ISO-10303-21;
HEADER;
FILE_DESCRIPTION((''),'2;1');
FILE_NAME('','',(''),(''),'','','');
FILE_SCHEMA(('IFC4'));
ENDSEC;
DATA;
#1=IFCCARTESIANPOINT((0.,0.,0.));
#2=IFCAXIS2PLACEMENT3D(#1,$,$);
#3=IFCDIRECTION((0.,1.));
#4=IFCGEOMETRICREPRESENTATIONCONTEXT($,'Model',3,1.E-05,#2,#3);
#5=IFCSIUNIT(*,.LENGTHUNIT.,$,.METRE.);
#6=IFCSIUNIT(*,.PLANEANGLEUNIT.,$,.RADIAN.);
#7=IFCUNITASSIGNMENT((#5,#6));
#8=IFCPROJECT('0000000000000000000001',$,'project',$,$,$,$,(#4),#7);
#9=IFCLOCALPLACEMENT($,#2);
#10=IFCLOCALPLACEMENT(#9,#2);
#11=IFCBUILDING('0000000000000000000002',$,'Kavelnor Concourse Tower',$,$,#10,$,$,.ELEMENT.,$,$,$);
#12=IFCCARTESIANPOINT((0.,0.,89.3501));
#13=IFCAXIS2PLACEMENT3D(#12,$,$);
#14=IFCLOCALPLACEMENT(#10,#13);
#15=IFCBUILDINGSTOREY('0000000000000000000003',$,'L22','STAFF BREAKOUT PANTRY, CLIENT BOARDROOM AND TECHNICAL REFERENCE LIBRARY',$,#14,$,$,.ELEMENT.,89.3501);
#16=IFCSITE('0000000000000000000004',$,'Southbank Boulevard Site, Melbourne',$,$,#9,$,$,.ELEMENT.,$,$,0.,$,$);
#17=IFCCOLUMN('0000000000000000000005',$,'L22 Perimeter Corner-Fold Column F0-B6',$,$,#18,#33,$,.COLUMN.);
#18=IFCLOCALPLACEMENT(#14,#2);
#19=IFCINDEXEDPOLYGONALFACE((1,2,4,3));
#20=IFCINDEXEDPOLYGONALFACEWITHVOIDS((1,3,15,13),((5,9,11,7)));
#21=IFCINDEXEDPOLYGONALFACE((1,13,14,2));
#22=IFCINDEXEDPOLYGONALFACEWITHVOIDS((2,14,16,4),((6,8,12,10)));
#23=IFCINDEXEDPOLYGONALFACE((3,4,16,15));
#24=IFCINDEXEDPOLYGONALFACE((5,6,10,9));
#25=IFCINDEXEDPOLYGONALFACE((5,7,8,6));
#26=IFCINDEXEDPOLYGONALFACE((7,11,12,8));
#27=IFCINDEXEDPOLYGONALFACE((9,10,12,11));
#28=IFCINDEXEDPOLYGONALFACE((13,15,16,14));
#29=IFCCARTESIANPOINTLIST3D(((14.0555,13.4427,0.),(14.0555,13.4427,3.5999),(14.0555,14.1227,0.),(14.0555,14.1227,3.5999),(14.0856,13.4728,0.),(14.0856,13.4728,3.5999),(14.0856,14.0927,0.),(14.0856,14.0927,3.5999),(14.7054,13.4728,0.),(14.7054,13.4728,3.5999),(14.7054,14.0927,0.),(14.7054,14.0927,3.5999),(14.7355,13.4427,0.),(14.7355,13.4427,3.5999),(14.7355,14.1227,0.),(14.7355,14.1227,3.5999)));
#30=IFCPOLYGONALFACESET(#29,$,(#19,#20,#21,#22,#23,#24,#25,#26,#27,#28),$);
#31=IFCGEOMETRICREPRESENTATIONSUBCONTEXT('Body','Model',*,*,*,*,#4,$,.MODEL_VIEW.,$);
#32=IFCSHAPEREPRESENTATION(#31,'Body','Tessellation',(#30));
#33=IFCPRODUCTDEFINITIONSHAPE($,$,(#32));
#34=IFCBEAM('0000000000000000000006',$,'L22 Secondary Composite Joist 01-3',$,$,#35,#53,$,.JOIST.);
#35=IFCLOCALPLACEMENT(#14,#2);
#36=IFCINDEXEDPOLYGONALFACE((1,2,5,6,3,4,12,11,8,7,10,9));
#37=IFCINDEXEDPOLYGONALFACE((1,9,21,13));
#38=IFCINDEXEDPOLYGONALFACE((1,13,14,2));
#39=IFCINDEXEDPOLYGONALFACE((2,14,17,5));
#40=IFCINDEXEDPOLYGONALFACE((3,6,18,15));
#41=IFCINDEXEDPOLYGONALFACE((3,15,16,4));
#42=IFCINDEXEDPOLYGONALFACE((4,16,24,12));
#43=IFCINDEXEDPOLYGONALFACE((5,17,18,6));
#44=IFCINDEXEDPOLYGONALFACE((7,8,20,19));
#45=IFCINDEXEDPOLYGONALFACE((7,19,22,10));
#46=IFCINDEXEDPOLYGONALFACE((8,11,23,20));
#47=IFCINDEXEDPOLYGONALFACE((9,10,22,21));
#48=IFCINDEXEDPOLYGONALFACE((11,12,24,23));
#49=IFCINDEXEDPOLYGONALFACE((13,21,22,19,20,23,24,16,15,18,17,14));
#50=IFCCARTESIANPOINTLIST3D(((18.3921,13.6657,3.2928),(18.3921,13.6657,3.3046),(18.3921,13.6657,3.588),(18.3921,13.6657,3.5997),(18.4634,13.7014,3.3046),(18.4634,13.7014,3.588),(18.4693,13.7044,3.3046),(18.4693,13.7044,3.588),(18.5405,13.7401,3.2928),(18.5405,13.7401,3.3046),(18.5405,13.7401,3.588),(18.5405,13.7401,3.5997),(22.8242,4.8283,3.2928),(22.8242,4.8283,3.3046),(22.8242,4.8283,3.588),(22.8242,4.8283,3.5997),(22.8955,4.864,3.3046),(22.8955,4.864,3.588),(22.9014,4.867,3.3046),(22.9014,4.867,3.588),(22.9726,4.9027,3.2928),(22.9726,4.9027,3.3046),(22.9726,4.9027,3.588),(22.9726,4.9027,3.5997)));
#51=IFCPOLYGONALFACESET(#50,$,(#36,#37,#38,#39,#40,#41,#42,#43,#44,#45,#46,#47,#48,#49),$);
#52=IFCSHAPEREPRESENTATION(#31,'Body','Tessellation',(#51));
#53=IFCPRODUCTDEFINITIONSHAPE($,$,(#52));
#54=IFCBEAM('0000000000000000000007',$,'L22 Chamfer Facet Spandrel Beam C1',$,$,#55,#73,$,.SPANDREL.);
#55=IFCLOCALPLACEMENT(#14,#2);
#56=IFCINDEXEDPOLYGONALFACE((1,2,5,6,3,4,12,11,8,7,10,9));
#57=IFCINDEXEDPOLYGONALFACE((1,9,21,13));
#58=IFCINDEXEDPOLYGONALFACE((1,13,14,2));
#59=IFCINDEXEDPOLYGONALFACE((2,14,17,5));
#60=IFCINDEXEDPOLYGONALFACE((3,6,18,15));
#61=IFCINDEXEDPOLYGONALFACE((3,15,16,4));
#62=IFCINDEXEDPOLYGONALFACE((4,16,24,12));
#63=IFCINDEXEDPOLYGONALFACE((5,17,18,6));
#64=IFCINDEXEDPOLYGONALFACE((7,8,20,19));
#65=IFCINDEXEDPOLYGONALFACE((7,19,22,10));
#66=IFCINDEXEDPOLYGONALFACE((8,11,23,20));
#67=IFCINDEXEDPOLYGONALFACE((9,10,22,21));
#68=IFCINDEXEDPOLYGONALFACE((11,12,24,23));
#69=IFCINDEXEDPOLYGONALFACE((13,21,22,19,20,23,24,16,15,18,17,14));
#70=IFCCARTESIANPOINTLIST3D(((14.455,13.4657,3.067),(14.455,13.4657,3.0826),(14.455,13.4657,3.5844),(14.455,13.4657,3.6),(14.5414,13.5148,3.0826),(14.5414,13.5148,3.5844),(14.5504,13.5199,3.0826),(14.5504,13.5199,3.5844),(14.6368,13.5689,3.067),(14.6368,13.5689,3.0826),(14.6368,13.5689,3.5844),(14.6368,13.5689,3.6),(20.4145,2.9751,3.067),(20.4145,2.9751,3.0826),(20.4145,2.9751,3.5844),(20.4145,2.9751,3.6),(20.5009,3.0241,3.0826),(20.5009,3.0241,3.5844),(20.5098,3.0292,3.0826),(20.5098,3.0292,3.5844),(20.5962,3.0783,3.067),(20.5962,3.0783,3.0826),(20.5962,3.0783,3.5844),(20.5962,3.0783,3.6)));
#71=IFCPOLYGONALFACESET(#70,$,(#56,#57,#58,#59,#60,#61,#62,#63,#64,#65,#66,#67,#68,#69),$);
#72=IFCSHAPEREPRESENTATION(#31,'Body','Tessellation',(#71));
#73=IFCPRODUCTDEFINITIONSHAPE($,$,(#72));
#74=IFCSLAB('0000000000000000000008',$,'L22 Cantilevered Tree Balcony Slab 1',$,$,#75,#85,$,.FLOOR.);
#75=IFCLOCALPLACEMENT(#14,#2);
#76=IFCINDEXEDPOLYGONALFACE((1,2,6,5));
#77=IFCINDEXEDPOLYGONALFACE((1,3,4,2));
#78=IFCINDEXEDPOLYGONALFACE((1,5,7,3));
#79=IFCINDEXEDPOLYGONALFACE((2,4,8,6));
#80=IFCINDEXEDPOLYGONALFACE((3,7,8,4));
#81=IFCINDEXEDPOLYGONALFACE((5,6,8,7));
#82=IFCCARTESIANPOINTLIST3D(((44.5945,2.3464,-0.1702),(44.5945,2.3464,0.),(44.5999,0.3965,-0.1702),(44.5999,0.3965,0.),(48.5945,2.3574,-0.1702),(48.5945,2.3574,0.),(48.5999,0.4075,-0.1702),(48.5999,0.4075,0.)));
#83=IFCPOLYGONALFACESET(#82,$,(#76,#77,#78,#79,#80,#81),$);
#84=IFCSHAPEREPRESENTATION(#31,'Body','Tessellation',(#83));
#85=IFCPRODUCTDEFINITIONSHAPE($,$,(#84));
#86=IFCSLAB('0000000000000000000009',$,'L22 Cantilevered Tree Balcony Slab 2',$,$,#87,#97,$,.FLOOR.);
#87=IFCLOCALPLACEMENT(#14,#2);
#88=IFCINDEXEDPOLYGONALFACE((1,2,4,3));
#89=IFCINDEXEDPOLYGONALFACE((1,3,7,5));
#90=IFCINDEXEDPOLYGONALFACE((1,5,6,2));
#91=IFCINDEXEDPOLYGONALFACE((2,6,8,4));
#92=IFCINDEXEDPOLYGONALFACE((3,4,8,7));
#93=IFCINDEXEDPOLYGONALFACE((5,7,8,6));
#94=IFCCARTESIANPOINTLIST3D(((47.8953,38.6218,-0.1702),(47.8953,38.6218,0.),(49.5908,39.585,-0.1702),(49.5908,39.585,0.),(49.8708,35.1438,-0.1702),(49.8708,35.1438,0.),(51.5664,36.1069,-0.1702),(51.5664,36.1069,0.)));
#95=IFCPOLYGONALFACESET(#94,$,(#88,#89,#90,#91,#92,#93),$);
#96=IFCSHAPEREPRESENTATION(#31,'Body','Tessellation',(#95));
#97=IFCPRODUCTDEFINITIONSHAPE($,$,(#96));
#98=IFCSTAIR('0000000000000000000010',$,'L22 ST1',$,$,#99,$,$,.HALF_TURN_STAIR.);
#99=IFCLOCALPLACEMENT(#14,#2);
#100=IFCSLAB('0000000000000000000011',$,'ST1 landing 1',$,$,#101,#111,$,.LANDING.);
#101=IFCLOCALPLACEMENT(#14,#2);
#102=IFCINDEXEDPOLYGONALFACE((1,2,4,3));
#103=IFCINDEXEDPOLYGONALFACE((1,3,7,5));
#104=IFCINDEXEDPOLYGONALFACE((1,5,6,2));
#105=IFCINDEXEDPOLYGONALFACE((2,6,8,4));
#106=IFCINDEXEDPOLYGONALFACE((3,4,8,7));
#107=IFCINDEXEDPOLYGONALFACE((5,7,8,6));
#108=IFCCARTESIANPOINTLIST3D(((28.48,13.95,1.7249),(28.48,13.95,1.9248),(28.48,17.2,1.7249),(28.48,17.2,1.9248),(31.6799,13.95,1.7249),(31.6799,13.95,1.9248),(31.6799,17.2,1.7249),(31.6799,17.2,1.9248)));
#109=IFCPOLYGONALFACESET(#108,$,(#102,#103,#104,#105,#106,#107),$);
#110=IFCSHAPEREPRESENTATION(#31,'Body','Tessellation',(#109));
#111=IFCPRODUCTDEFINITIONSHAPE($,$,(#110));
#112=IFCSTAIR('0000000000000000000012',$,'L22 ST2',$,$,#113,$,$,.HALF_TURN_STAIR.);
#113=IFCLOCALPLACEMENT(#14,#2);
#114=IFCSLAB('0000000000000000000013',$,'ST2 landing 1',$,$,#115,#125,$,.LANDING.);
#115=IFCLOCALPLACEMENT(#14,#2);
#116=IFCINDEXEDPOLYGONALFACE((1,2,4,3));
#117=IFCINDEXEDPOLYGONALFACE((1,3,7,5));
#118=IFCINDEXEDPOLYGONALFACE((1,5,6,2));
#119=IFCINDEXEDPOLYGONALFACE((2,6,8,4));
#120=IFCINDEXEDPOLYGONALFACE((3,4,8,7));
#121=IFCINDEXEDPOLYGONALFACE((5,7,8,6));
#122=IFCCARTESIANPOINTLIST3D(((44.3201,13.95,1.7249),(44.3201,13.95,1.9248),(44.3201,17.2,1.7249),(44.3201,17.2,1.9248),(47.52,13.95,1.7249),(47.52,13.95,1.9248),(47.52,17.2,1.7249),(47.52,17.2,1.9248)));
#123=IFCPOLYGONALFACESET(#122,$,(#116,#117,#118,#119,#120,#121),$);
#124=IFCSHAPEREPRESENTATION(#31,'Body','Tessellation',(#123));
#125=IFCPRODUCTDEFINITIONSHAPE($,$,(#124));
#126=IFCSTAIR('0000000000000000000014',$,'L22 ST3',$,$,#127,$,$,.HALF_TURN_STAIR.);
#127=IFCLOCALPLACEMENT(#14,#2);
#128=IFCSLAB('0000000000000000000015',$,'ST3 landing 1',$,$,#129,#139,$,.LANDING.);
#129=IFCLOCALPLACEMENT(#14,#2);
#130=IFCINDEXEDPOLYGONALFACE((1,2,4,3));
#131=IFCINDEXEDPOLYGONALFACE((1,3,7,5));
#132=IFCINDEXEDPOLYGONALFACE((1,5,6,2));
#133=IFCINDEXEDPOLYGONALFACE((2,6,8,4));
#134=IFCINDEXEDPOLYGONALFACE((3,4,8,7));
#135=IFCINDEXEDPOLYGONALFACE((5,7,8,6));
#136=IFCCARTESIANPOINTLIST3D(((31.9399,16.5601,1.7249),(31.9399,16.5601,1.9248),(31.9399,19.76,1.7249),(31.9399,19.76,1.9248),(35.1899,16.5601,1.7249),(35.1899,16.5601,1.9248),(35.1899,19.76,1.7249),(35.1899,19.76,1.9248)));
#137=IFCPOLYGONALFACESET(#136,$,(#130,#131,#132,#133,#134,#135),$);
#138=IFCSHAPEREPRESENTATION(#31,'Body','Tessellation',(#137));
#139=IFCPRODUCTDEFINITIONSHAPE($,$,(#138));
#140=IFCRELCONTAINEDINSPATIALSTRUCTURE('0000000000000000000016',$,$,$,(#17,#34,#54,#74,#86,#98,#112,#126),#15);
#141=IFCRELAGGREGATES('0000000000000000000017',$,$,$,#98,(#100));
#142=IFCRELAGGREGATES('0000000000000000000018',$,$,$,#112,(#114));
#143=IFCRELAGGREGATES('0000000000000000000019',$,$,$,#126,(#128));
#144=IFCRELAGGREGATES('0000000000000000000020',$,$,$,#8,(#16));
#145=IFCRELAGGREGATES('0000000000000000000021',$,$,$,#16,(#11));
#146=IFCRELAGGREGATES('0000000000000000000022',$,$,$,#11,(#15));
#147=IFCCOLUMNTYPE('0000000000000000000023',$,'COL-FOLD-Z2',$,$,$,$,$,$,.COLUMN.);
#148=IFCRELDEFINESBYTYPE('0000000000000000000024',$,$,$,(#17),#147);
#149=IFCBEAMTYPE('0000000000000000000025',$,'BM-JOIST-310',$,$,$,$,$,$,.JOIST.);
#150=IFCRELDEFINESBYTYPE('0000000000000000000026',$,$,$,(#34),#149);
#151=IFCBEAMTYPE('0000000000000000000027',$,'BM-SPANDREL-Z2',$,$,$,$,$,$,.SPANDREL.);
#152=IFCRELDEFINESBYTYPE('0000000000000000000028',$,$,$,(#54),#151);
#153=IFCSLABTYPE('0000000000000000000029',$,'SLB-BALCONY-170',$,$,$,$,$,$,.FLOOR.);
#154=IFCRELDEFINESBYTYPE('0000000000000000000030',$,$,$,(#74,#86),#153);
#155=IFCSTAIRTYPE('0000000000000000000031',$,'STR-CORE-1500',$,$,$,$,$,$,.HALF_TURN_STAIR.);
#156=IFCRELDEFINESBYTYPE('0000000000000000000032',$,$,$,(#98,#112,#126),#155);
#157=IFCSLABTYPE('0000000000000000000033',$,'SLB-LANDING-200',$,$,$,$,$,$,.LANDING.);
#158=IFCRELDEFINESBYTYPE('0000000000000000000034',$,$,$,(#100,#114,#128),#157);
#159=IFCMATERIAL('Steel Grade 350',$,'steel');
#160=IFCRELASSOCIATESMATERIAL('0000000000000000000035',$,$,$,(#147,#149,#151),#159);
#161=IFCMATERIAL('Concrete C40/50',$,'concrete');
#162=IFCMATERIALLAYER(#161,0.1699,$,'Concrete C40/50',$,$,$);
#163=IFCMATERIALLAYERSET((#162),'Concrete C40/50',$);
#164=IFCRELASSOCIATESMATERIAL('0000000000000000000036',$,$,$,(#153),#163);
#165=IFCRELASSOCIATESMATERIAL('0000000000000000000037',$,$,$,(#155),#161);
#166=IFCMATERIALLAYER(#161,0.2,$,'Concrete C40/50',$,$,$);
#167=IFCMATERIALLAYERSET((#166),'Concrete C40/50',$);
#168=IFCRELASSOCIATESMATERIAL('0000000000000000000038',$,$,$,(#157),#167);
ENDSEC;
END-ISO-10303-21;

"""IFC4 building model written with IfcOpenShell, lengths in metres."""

from ifc_helpers import new_model, si_unit, direction, frame, origin, origin_2d, place, context, subcontext, project, spatial, polyline, hollow_rectangle, i_section, outline, extrude, material, layer, layer_set, material_profile, profile_set, type_object, element, aggregate, save


model = new_model("IFC4")

# Units and contexts
model_context = context("Model", 3, precision=1e-05, world=origin(), true_north=direction((0.0, 1.0)))
body_context = subcontext(model_context, "Body", "Model", "MODEL_VIEW")
ifc_project = project(units=[si_unit("LENGTHUNIT", "METRE"), si_unit("PLANEANGLEUNIT", "RADIAN")], contexts=[model_context])

# Site, building, storey
site_placement = place(None, origin())
site = spatial("IfcSite", under=ifc_project, at=site_placement, Name="Southbank Boulevard Site, Melbourne", CompositionType="ELEMENT", RefElevation=0.0)
building_placement = place(site_placement, origin())
building = spatial("IfcBuilding", under=site, at=building_placement, Name="Kavelnor Concourse Tower", CompositionType="ELEMENT")
storey_placement = place(building_placement, frame((0.0, 0.0, 89.3501)))
storey = spatial("IfcBuildingStorey", under=building, at=storey_placement, Name="L22", Description="STAFF BREAKOUT PANTRY, CLIENT BOARDROOM AND TECHNICAL REFERENCE LIBRARY", CompositionType="ELEMENT", Elevation=89.3501)

# Column
ifc_material_1 = material(Name="Steel Grade 350", Category="steel")
ifc_material_profile_1 = material_profile(ifc_material_1, hollow_rectangle(XDim=0.6799, YDim=0.6799, WallThickness=0.03, at=origin_2d()), Name="SHS 680x680x30")
ifc_profile_set_1 = profile_set([ifc_material_profile_1], Name="Steel Grade 350")
column_type = type_object("IfcColumnType", Name="COL-FOLD-Z2", PredefinedType="COLUMN", material=ifc_profile_set_1)
column_placement = place(storey_placement, frame((14.3955, 13.7827, 0.0), z_axis=(0.0, 0.0, 1.0), x_axis=(1.0, 0.0, 0.0)))
element("IfcColumn", 1, at=column_placement, inside=storey, type_object=column_type, Name="L22 Perimeter Corner-Fold Column F0-B6", PredefinedType="COLUMN", context=body_context, shape_type="SweptSolid", body=[
    extrude(hollow_rectangle(XDim=0.6799, YDim=0.6799, WallThickness=0.03, at=origin_2d()), origin(), (0.0, 0.0, 1.0), 3.5999),
])

# Beams
ifc_material_profile_2 = material_profile(ifc_material_1, i_section(OverallWidth=0.166, OverallDepth=0.3069, WebThickness=0.0066, FlangeThickness=0.0117, at=origin_2d()), Name="310UB46")
ifc_profile_set_2 = profile_set([ifc_material_profile_2], Name="Steel Grade 350")
beam_type_1 = type_object("IfcBeamType", Name="BM-JOIST-310", PredefinedType="JOIST", material=ifc_profile_set_2)
beam_1_placement = place(storey_placement, frame((18.4663, 13.7029, 3.4463), z_axis=(0.4483, -0.893883, 0.0), x_axis=(0.893883, 0.4483, 0.0)))
element("IfcBeam", 2, at=beam_1_placement, inside=storey, type_object=beam_type_1, Name="L22 Secondary Composite Joist 01-3", PredefinedType="JOIST", context=body_context, shape_type="SweptSolid", body=[
    extrude(i_section(OverallWidth=0.166, OverallDepth=0.3069, WebThickness=0.0066, FlangeThickness=0.0117, at=origin_2d()), origin(), (0.0, 0.0, 1.0), 9.8865),
])
ifc_material_profile_3 = material_profile(ifc_material_1, i_section(OverallWidth=0.209, OverallDepth=0.533, WebThickness=0.0103, FlangeThickness=0.0156, at=origin_2d()), Name="530UB92")
ifc_profile_set_3 = profile_set([ifc_material_profile_3], Name="Steel Grade 350")
beam_type_2 = type_object("IfcBeamType", Name="BM-SPANDREL-Z2", PredefinedType="SPANDREL", material=ifc_profile_set_3)
beam_2_placement = place(storey_placement, frame((14.5459, 13.5173, 3.3335), z_axis=(0.493936, -0.869498, 0.0), x_axis=(0.869498, 0.493936, 0.0)))
element("IfcBeam", 3, at=beam_2_placement, inside=storey, type_object=beam_type_2, Name="L22 Chamfer Facet Spandrel Beam C1", PredefinedType="SPANDREL", context=body_context, shape_type="SweptSolid", body=[
    extrude(i_section(OverallWidth=0.209, OverallDepth=0.533, WebThickness=0.0103, FlangeThickness=0.0156, at=origin_2d()), origin(), (0.0, 0.0, 1.0), 12.0652),
])

# Slabs
ifc_material_2 = material(Name="Concrete C40/50", Category="concrete")
ifc_layer_1 = layer(ifc_material_2, 0.1699, Name="Concrete C40/50")
ifc_layer_set_1 = layer_set([ifc_layer_1], Name="Concrete C40/50")
slab_type_1 = type_object("IfcSlabType", Name="SLB-BALCONY-170", PredefinedType="FLOOR", material=ifc_layer_set_1)
slab_1_placement = place(storey_placement, frame((0.0, 0.0, -0.1702)))
element("IfcSlab", 4, at=slab_1_placement, inside=storey, type_object=slab_type_1, Name="L22 Cantilevered Tree Balcony Slab 1", PredefinedType="FLOOR", context=body_context, shape_type="SweptSolid", body=[
    extrude(outline(polyline([(48.5999, 0.4075), (44.5999, 0.3965), (44.5945, 2.3464), (48.5945, 2.3574), (48.5999, 0.4075)])), origin(), (0.0, 0.0, 1.0), 0.1702),
])
slab_2_placement = place(storey_placement, frame((0.0, 0.0, -0.1702)))
element("IfcSlab", 5, at=slab_2_placement, inside=storey, type_object=slab_type_1, Name="L22 Cantilevered Tree Balcony Slab 2", PredefinedType="FLOOR", context=body_context, shape_type="SweptSolid", body=[
    extrude(outline(polyline([(49.5908, 39.585), (51.5664, 36.1069), (49.8708, 35.1438), (47.8953, 38.6218), (49.5908, 39.585)])), origin(), (0.0, 0.0, 1.0), 0.1702),
])

# Stairs, slabs
stair_type = type_object("IfcStairType", Name="STR-CORE-1500", PredefinedType="HALF_TURN_STAIR", material=ifc_material_2)
stair_1_placement = place(storey_placement, origin())
stair_1 = element("IfcStair", 6, at=stair_1_placement, inside=storey, type_object=stair_type, Name="L22 ST1", PredefinedType="HALF_TURN_STAIR")
ifc_layer_2 = layer(ifc_material_2, 0.2, Name="Concrete C40/50")
ifc_layer_set_2 = layer_set([ifc_layer_2], Name="Concrete C40/50")
slab_type_2 = type_object("IfcSlabType", Name="SLB-LANDING-200", PredefinedType="LANDING", material=ifc_layer_set_2)
slab_3_placement = place(storey_placement, frame((0.0, 0.0, 1.7249)))
slab_3 = element("IfcSlab", 7, at=slab_3_placement, type_object=slab_type_2, Name="ST1 landing 1", PredefinedType="LANDING", context=body_context, shape_type="SweptSolid", body=[
    extrude(outline(polyline([(31.6799, 13.95), (31.6799, 17.2), (28.48, 17.2), (28.48, 13.95), (31.6799, 13.95)])), origin(), (0.0, 0.0, 1.0), 0.2),
])
aggregate(stair_1, [slab_3])
stair_2_placement = place(storey_placement, origin())
stair_2 = element("IfcStair", 8, at=stair_2_placement, inside=storey, type_object=stair_type, Name="L22 ST2", PredefinedType="HALF_TURN_STAIR")
slab_4_placement = place(storey_placement, frame((0.0, 0.0, 1.7249)))
slab_4 = element("IfcSlab", 9, at=slab_4_placement, type_object=slab_type_2, Name="ST2 landing 1", PredefinedType="LANDING", context=body_context, shape_type="SweptSolid", body=[
    extrude(outline(polyline([(47.52, 13.95), (47.52, 17.2), (44.3201, 17.2), (44.3201, 13.95), (47.52, 13.95)])), origin(), (0.0, 0.0, 1.0), 0.2),
])
aggregate(stair_2, [slab_4])
stair_3_placement = place(storey_placement, origin())
stair_3 = element("IfcStair", 10, at=stair_3_placement, inside=storey, type_object=stair_type, Name="L22 ST3", PredefinedType="HALF_TURN_STAIR")
slab_5_placement = place(storey_placement, frame((0.0, 0.0, 1.7249)))
slab_5 = element("IfcSlab", 11, at=slab_5_placement, type_object=slab_type_2, Name="ST3 landing 1", PredefinedType="LANDING", context=body_context, shape_type="SweptSolid", body=[
    extrude(outline(polyline([(35.1899, 19.76), (31.9399, 19.76), (31.9399, 16.5601), (35.1899, 16.5601), (35.1899, 19.76)])), origin(), (0.0, 0.0, 1.0), 0.2),
])
aggregate(stair_3, [slab_5])

save(model, "model.ifc")
